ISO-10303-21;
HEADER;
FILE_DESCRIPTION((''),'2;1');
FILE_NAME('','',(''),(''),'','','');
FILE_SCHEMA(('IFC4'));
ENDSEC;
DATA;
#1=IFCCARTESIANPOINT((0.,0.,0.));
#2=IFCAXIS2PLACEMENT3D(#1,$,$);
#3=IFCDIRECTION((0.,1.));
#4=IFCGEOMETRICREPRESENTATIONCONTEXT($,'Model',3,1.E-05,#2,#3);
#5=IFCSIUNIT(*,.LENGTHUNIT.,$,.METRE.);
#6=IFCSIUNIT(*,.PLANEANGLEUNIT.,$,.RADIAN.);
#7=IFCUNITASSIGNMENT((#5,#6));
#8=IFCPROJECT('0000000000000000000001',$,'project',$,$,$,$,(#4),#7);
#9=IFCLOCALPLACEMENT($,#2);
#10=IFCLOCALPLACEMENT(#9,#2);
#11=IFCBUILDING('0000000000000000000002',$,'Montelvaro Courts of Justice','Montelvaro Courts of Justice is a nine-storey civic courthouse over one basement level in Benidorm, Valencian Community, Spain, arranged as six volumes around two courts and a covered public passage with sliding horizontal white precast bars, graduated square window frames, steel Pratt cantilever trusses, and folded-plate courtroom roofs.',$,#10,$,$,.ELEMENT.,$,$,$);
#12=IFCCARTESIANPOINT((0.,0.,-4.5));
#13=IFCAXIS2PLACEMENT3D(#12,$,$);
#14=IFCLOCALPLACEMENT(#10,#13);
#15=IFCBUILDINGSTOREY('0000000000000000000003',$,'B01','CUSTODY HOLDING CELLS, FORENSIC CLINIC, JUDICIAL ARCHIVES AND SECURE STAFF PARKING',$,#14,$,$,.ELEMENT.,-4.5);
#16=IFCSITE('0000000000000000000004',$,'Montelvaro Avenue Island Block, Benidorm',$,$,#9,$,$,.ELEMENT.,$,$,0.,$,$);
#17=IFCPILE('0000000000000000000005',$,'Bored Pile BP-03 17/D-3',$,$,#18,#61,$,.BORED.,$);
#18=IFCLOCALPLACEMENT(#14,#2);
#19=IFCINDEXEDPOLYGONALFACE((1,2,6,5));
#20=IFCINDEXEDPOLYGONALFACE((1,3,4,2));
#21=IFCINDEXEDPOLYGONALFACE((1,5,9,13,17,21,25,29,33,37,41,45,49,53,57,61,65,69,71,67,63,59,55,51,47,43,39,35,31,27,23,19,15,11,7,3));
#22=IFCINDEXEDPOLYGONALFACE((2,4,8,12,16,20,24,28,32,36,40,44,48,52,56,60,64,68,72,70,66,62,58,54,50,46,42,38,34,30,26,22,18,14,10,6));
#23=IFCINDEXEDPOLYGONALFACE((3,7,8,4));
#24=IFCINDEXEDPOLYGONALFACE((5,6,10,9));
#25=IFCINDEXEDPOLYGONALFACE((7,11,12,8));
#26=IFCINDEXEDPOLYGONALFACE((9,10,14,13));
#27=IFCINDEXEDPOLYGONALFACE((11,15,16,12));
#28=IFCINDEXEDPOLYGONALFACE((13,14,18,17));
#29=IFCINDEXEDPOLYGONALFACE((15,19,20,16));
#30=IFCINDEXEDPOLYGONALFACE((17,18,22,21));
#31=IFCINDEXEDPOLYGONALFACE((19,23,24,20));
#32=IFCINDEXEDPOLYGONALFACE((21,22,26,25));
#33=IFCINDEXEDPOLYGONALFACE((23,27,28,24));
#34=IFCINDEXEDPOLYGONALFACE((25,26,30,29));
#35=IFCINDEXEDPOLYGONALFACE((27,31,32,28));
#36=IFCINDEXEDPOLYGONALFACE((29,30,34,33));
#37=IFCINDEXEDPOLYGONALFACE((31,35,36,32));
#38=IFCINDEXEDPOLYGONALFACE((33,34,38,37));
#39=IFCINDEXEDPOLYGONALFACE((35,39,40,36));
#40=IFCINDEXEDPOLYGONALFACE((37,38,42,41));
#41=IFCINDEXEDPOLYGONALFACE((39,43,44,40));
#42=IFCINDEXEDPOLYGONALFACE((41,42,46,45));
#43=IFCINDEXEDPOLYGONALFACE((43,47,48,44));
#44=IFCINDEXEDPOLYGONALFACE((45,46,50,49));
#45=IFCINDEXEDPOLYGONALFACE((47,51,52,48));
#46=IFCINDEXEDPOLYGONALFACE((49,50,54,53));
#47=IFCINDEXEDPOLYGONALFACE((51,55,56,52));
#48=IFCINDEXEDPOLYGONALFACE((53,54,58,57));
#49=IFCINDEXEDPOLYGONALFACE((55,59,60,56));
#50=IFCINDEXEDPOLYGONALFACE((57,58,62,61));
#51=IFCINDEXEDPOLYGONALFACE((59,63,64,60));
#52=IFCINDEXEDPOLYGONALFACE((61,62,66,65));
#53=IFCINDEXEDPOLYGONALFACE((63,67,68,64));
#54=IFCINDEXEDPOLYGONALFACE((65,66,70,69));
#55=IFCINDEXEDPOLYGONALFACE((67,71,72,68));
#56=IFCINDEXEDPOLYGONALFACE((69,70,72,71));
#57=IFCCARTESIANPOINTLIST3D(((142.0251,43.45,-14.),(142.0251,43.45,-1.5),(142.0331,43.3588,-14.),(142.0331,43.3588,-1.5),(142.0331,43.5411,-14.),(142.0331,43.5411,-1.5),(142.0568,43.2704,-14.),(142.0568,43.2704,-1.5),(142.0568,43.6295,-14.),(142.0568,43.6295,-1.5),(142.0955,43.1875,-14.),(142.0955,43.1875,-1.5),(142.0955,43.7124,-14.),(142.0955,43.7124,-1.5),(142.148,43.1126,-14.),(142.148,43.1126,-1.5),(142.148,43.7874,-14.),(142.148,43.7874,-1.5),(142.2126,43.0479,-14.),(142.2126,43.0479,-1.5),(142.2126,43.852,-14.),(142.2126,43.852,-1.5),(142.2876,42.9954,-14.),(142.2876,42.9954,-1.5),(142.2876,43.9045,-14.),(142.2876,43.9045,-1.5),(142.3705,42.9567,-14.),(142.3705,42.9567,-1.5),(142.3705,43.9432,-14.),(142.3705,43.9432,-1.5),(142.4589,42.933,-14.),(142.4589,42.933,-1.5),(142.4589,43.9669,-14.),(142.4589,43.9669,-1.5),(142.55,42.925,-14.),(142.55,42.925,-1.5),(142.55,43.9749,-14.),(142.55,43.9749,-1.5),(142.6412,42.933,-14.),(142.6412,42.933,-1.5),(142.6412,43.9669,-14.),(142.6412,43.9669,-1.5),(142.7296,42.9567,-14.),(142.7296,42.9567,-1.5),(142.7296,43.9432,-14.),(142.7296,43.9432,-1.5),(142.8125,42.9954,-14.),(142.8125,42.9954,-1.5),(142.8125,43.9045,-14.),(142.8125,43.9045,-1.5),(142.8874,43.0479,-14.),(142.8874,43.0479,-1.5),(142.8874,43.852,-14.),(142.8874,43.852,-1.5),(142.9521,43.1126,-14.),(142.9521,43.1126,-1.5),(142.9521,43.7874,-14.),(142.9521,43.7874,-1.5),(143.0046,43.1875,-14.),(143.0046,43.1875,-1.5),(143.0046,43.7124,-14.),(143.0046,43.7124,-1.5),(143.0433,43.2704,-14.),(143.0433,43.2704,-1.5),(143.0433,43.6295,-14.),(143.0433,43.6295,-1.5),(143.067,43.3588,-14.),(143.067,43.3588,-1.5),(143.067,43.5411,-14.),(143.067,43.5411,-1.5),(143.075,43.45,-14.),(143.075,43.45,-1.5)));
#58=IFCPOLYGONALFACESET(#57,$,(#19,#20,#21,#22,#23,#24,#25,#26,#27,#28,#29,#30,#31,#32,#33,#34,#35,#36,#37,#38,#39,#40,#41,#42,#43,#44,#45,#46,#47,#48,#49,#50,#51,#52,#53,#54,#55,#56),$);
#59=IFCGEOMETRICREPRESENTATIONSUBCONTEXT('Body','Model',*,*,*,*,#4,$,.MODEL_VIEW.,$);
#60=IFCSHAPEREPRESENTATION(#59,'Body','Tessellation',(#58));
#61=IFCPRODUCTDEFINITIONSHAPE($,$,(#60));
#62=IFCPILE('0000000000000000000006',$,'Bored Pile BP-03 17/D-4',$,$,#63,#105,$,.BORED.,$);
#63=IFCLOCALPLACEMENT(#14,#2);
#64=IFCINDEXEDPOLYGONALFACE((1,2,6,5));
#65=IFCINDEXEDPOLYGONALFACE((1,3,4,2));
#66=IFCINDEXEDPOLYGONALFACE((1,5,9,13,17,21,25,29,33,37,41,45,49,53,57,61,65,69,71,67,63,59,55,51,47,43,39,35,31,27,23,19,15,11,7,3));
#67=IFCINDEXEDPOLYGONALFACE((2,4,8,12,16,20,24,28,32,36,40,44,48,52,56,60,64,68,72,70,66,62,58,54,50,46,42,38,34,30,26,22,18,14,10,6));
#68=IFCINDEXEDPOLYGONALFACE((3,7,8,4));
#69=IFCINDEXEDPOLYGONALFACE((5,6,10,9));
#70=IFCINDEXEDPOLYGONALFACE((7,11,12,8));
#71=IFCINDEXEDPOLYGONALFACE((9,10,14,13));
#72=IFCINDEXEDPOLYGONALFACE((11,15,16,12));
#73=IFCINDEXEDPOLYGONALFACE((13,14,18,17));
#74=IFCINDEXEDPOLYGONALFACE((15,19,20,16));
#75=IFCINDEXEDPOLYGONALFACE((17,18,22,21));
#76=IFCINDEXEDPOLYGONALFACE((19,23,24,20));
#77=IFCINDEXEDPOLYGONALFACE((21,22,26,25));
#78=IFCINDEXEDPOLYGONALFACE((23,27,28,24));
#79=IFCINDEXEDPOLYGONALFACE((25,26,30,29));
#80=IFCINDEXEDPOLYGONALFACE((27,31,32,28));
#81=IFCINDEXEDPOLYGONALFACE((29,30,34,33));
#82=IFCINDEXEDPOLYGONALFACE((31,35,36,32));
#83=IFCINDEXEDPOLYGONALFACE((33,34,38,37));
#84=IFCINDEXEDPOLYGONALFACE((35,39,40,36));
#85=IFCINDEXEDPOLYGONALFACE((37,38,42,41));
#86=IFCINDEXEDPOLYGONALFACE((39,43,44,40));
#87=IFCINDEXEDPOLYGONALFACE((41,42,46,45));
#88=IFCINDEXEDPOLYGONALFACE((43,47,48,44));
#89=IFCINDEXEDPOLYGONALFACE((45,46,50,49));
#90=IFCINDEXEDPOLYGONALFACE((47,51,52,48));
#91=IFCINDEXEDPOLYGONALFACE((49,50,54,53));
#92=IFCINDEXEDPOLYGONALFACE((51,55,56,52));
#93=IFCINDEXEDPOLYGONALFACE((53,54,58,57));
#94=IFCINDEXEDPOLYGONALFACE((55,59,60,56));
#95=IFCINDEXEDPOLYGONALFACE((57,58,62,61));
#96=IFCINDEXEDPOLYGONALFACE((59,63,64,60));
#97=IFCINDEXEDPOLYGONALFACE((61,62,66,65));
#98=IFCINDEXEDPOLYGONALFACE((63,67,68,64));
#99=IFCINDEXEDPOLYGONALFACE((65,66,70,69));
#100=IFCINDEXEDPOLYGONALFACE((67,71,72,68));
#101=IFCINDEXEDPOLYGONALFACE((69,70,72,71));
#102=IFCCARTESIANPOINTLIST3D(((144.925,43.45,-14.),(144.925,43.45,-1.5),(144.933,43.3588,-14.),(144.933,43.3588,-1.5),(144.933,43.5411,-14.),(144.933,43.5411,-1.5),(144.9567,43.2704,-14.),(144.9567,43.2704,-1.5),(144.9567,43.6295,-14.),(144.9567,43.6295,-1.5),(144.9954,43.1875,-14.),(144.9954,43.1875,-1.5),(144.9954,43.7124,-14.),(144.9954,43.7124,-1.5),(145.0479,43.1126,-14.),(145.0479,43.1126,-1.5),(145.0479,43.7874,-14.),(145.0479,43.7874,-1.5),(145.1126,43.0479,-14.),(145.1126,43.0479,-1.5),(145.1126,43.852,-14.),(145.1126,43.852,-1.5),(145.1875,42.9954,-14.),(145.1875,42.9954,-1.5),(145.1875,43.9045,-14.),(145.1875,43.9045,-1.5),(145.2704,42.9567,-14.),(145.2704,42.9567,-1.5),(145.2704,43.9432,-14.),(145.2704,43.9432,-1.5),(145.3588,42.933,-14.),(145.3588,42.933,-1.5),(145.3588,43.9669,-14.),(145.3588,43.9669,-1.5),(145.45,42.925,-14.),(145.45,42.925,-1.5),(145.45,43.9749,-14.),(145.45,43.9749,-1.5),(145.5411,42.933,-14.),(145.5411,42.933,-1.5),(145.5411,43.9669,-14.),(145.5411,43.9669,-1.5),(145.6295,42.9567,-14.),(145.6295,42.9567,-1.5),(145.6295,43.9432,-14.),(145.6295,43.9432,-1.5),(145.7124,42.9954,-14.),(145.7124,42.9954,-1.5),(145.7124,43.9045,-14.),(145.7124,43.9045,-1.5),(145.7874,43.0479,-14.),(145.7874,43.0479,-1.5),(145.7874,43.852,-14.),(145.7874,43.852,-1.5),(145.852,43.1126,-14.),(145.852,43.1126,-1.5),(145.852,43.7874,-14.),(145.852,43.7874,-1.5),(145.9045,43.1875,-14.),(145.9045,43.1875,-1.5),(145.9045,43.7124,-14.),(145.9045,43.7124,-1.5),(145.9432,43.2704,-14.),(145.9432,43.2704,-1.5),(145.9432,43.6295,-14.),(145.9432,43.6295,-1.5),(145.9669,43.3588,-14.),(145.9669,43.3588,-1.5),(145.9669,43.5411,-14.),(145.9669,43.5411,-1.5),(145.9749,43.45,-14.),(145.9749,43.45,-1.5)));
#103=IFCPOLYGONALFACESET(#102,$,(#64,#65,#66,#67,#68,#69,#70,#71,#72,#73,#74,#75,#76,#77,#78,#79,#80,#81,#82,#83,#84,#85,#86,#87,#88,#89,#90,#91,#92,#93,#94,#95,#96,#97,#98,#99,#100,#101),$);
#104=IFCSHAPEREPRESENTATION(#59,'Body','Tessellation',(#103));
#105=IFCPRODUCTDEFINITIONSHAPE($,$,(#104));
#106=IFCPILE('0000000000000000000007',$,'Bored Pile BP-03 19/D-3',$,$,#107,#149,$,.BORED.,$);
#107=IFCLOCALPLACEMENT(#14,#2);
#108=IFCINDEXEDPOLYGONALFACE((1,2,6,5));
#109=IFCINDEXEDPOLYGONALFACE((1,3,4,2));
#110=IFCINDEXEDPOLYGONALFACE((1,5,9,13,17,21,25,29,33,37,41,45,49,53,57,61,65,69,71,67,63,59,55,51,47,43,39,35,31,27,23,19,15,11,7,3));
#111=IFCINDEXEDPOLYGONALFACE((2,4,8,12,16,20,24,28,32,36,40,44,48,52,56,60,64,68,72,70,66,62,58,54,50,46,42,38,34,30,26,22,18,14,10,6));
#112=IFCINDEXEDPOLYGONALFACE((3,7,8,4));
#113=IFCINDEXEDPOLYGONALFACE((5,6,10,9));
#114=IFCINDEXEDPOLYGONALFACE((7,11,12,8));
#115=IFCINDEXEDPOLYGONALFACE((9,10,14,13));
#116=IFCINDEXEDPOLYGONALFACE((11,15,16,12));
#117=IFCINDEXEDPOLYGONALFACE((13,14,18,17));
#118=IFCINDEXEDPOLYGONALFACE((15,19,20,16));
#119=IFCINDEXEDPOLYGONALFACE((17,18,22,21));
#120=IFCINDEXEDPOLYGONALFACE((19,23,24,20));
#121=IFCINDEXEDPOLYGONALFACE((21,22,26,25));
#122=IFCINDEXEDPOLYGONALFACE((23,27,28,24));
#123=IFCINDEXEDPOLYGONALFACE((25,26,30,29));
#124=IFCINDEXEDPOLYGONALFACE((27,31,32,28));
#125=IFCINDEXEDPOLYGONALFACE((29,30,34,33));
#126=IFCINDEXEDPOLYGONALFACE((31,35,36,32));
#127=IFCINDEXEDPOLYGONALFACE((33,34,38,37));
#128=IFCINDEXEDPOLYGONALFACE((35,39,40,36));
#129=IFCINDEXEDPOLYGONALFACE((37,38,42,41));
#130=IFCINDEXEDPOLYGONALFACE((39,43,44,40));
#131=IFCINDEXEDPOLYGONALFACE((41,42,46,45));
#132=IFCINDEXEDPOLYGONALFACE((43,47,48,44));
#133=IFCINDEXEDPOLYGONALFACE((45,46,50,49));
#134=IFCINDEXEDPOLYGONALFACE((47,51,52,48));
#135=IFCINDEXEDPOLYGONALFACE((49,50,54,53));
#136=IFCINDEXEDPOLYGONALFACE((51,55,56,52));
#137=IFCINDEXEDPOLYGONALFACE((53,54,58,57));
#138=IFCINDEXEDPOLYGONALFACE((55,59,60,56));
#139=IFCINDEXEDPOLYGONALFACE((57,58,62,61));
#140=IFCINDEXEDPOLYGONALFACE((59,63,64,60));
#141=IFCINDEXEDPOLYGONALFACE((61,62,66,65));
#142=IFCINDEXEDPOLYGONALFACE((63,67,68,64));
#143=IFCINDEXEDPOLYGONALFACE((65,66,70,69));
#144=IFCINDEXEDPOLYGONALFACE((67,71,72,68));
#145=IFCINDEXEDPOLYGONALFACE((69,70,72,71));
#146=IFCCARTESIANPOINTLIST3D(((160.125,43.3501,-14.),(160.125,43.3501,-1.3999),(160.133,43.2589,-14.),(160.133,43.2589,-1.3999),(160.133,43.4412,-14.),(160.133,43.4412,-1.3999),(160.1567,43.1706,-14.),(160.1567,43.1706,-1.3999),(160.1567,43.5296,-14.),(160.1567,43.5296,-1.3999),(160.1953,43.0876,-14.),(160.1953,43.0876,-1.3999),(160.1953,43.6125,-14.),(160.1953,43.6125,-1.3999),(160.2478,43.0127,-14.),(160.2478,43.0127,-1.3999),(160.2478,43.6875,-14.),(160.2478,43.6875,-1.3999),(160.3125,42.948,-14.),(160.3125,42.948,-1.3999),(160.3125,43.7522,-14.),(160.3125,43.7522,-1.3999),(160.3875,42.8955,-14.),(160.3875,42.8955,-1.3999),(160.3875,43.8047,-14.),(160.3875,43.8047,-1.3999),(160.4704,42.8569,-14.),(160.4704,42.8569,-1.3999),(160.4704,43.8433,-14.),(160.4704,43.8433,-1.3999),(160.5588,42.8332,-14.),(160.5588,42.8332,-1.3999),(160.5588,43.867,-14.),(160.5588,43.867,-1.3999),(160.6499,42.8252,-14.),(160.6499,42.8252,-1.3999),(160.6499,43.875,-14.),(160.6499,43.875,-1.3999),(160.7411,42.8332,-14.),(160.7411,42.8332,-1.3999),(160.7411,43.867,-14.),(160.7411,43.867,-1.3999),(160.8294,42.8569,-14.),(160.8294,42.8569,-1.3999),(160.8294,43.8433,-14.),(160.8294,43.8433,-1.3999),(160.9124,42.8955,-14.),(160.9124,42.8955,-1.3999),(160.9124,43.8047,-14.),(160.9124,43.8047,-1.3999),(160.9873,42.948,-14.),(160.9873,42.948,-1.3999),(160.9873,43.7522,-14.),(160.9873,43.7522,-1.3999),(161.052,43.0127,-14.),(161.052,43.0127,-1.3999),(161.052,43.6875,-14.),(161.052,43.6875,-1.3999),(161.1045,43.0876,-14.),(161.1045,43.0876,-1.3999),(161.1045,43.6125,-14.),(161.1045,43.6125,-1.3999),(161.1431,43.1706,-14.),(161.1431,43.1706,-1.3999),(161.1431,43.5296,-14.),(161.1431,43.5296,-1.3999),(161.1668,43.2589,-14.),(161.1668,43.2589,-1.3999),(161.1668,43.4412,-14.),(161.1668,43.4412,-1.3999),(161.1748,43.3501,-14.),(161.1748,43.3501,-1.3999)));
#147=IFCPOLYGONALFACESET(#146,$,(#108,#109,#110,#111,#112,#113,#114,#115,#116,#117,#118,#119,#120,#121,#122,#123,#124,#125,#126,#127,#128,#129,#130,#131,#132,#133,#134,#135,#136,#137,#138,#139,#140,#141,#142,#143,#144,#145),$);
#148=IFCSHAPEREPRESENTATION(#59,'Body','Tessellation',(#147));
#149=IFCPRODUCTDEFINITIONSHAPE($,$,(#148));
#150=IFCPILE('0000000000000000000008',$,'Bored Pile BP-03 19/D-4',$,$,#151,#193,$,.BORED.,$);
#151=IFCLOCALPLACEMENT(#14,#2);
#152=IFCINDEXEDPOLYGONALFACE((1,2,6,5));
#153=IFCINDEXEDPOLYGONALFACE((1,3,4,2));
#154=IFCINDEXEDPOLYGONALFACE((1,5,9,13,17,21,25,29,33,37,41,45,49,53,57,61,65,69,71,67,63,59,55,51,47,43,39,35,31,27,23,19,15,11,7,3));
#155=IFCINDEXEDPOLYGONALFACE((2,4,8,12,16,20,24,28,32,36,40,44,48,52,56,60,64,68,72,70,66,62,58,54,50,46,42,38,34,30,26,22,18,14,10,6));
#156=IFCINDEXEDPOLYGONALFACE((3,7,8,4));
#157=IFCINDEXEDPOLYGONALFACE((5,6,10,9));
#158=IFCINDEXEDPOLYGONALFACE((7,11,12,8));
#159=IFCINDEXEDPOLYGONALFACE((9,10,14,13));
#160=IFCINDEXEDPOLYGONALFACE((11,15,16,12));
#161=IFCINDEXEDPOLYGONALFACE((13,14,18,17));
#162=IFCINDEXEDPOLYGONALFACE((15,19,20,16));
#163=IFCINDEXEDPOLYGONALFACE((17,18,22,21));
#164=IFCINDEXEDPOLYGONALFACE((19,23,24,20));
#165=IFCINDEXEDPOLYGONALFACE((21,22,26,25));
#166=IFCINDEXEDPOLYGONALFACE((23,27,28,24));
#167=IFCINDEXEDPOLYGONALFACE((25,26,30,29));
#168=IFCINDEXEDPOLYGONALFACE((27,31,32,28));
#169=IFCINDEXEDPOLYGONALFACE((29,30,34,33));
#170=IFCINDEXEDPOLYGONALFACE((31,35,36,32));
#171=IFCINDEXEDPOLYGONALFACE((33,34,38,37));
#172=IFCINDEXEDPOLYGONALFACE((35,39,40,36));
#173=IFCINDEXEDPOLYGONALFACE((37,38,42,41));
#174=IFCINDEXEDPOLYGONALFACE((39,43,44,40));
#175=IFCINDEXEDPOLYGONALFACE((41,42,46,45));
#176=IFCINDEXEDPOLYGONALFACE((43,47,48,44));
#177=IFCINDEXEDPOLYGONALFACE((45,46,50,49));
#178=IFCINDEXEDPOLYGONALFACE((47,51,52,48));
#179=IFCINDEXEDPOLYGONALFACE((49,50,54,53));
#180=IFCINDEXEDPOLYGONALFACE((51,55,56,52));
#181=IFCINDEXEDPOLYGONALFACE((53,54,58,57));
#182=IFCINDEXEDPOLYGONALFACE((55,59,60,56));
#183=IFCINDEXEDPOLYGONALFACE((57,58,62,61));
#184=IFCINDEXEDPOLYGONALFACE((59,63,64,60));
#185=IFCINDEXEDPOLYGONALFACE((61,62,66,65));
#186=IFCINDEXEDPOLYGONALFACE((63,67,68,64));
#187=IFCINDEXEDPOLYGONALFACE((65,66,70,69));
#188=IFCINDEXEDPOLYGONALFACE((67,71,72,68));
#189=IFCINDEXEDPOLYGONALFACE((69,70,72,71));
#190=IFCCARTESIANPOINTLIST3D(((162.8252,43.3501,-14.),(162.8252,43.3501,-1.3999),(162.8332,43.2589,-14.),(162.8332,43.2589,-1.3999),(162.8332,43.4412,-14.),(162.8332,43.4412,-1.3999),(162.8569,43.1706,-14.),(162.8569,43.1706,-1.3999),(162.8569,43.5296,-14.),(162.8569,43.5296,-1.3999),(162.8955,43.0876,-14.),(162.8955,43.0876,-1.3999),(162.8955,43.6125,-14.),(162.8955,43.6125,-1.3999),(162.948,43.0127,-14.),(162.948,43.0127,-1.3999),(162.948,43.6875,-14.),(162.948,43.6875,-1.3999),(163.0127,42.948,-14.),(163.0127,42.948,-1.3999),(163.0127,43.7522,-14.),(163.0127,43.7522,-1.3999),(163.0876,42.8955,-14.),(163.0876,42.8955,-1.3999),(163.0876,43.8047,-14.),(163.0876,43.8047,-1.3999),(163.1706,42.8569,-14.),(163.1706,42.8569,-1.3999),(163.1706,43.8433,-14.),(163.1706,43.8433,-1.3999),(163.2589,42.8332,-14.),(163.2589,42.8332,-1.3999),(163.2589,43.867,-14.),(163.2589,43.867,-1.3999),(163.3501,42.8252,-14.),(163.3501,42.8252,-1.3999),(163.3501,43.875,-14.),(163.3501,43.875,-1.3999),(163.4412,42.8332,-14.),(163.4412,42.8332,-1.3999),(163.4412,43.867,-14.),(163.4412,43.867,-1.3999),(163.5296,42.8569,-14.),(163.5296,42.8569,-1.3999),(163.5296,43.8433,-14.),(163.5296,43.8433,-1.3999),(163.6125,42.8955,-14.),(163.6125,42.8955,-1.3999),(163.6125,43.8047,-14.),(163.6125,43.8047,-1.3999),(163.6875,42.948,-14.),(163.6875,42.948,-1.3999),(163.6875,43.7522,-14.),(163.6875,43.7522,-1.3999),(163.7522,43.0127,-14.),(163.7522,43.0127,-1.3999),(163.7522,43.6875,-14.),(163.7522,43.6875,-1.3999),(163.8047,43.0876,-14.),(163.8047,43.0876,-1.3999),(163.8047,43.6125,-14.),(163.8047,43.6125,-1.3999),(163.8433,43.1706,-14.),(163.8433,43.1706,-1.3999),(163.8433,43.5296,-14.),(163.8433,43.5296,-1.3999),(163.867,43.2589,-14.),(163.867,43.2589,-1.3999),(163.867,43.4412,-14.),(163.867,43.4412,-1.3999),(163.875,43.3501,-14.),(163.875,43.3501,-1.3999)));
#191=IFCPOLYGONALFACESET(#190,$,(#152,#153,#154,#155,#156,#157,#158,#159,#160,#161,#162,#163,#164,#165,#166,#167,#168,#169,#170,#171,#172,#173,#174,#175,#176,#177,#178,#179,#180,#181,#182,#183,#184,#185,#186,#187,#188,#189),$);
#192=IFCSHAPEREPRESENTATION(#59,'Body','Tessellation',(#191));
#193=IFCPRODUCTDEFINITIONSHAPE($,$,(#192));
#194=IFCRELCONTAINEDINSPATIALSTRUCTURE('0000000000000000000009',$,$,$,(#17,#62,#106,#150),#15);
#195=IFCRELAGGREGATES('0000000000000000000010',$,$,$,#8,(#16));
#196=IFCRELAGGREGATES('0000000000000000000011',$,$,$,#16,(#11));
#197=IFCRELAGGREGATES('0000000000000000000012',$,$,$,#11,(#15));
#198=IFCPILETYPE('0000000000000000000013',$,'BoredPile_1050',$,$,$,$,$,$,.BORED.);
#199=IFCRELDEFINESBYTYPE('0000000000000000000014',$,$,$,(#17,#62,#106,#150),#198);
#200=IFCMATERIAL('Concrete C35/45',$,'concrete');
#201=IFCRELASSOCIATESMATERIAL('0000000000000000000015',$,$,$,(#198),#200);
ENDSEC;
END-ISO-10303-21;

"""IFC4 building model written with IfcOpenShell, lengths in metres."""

from ifc_helpers import new_model, si_unit, direction, frame, origin, origin_2d, place, context, subcontext, project, spatial, circle, extrude, material, material_profile, profile_set, type_object, element, save


model = new_model("IFC4")

# Units and contexts
model_context = context("Model", 3, precision=1e-05, world=origin(), true_north=direction((0.0, 1.0)))
body_context = subcontext(model_context, "Body", "Model", "MODEL_VIEW")
ifc_project = project(units=[si_unit("LENGTHUNIT", "METRE"), si_unit("PLANEANGLEUNIT", "RADIAN")], contexts=[model_context])

# Site, building, storey
site_placement = place(None, origin())
site = spatial("IfcSite", under=ifc_project, at=site_placement, Name="Montelvaro Avenue Island Block, Benidorm", CompositionType="ELEMENT", RefElevation=0.0)
building_placement = place(site_placement, origin())
building = spatial("IfcBuilding", under=site, at=building_placement, Name="Montelvaro Courts of Justice", Description="Montelvaro Courts of Justice is a nine-storey civic courthouse over one basement level in Benidorm, Valencian Community, Spain, arranged as six volumes around two courts and a covered public passage with sliding horizontal white precast bars, graduated square window frames, steel Pratt cantilever trusses, and folded-plate courtroom roofs.", CompositionType="ELEMENT")
storey_placement = place(building_placement, frame((0.0, 0.0, -4.5)))
storey = spatial("IfcBuildingStorey", under=building, at=storey_placement, Name="B01", Description="CUSTODY HOLDING CELLS, FORENSIC CLINIC, JUDICIAL ARCHIVES AND SECURE STAFF PARKING", CompositionType="ELEMENT", Elevation=-4.5)

# Piles
ifc_material_1 = material(Name="Concrete C35/45", Category="concrete")
ifc_material_profile_1 = material_profile(ifc_material_1, circle(Radius=0.5249, at=origin_2d()), Name="BORED PILE D1050")
ifc_profile_set_1 = profile_set([ifc_material_profile_1], Name="Concrete C35/45")
pile_type_1 = type_object("IfcPileType", Name="BoredPile_1050", PredefinedType="BORED", material=ifc_profile_set_1)
for number, where, z_axis, x_axis, name in (
    (1, (142.55, 43.45, -1.5), (0.0, 0.0, -1.0), (1.0, 0.0, 0.0), "Bored Pile BP-03 17/D-3"),
    (2, (145.45, 43.45, -1.5), (0.0, 0.0, -1.0), (1.0, 0.0, 0.0), "Bored Pile BP-03 17/D-4"),
):
    element("IfcPile", number, at=place(storey_placement, frame(where, z_axis=z_axis, x_axis=x_axis)), inside=storey, type_object=pile_type_1, Name=name, PredefinedType="BORED", context=body_context, shape_type="SweptSolid", body=[
        extrude(circle(Radius=0.5249, at=origin_2d()), origin(), (0.0, 0.0, 1.0), 12.5),
    ])
for number, where, z_axis, x_axis, name in (
    (3, (160.6499, 43.3501, -1.3999), (0.0, 0.0, -1.0), (1.0, 0.0, 0.0), "Bored Pile BP-03 19/D-3"),
    (4, (163.3501, 43.3501, -1.3999), (0.0, 0.0, -1.0), (1.0, 0.0, 0.0), "Bored Pile BP-03 19/D-4"),
):
    element("IfcPile", number, at=place(storey_placement, frame(where, z_axis=z_axis, x_axis=x_axis)), inside=storey, type_object=pile_type_1, Name=name, PredefinedType="BORED", context=body_context, shape_type="SweptSolid", body=[
        extrude(circle(Radius=0.5249, at=origin_2d()), origin(), (0.0, 0.0, 1.0), 12.6001),
    ])

save(model, "model.ifc")
